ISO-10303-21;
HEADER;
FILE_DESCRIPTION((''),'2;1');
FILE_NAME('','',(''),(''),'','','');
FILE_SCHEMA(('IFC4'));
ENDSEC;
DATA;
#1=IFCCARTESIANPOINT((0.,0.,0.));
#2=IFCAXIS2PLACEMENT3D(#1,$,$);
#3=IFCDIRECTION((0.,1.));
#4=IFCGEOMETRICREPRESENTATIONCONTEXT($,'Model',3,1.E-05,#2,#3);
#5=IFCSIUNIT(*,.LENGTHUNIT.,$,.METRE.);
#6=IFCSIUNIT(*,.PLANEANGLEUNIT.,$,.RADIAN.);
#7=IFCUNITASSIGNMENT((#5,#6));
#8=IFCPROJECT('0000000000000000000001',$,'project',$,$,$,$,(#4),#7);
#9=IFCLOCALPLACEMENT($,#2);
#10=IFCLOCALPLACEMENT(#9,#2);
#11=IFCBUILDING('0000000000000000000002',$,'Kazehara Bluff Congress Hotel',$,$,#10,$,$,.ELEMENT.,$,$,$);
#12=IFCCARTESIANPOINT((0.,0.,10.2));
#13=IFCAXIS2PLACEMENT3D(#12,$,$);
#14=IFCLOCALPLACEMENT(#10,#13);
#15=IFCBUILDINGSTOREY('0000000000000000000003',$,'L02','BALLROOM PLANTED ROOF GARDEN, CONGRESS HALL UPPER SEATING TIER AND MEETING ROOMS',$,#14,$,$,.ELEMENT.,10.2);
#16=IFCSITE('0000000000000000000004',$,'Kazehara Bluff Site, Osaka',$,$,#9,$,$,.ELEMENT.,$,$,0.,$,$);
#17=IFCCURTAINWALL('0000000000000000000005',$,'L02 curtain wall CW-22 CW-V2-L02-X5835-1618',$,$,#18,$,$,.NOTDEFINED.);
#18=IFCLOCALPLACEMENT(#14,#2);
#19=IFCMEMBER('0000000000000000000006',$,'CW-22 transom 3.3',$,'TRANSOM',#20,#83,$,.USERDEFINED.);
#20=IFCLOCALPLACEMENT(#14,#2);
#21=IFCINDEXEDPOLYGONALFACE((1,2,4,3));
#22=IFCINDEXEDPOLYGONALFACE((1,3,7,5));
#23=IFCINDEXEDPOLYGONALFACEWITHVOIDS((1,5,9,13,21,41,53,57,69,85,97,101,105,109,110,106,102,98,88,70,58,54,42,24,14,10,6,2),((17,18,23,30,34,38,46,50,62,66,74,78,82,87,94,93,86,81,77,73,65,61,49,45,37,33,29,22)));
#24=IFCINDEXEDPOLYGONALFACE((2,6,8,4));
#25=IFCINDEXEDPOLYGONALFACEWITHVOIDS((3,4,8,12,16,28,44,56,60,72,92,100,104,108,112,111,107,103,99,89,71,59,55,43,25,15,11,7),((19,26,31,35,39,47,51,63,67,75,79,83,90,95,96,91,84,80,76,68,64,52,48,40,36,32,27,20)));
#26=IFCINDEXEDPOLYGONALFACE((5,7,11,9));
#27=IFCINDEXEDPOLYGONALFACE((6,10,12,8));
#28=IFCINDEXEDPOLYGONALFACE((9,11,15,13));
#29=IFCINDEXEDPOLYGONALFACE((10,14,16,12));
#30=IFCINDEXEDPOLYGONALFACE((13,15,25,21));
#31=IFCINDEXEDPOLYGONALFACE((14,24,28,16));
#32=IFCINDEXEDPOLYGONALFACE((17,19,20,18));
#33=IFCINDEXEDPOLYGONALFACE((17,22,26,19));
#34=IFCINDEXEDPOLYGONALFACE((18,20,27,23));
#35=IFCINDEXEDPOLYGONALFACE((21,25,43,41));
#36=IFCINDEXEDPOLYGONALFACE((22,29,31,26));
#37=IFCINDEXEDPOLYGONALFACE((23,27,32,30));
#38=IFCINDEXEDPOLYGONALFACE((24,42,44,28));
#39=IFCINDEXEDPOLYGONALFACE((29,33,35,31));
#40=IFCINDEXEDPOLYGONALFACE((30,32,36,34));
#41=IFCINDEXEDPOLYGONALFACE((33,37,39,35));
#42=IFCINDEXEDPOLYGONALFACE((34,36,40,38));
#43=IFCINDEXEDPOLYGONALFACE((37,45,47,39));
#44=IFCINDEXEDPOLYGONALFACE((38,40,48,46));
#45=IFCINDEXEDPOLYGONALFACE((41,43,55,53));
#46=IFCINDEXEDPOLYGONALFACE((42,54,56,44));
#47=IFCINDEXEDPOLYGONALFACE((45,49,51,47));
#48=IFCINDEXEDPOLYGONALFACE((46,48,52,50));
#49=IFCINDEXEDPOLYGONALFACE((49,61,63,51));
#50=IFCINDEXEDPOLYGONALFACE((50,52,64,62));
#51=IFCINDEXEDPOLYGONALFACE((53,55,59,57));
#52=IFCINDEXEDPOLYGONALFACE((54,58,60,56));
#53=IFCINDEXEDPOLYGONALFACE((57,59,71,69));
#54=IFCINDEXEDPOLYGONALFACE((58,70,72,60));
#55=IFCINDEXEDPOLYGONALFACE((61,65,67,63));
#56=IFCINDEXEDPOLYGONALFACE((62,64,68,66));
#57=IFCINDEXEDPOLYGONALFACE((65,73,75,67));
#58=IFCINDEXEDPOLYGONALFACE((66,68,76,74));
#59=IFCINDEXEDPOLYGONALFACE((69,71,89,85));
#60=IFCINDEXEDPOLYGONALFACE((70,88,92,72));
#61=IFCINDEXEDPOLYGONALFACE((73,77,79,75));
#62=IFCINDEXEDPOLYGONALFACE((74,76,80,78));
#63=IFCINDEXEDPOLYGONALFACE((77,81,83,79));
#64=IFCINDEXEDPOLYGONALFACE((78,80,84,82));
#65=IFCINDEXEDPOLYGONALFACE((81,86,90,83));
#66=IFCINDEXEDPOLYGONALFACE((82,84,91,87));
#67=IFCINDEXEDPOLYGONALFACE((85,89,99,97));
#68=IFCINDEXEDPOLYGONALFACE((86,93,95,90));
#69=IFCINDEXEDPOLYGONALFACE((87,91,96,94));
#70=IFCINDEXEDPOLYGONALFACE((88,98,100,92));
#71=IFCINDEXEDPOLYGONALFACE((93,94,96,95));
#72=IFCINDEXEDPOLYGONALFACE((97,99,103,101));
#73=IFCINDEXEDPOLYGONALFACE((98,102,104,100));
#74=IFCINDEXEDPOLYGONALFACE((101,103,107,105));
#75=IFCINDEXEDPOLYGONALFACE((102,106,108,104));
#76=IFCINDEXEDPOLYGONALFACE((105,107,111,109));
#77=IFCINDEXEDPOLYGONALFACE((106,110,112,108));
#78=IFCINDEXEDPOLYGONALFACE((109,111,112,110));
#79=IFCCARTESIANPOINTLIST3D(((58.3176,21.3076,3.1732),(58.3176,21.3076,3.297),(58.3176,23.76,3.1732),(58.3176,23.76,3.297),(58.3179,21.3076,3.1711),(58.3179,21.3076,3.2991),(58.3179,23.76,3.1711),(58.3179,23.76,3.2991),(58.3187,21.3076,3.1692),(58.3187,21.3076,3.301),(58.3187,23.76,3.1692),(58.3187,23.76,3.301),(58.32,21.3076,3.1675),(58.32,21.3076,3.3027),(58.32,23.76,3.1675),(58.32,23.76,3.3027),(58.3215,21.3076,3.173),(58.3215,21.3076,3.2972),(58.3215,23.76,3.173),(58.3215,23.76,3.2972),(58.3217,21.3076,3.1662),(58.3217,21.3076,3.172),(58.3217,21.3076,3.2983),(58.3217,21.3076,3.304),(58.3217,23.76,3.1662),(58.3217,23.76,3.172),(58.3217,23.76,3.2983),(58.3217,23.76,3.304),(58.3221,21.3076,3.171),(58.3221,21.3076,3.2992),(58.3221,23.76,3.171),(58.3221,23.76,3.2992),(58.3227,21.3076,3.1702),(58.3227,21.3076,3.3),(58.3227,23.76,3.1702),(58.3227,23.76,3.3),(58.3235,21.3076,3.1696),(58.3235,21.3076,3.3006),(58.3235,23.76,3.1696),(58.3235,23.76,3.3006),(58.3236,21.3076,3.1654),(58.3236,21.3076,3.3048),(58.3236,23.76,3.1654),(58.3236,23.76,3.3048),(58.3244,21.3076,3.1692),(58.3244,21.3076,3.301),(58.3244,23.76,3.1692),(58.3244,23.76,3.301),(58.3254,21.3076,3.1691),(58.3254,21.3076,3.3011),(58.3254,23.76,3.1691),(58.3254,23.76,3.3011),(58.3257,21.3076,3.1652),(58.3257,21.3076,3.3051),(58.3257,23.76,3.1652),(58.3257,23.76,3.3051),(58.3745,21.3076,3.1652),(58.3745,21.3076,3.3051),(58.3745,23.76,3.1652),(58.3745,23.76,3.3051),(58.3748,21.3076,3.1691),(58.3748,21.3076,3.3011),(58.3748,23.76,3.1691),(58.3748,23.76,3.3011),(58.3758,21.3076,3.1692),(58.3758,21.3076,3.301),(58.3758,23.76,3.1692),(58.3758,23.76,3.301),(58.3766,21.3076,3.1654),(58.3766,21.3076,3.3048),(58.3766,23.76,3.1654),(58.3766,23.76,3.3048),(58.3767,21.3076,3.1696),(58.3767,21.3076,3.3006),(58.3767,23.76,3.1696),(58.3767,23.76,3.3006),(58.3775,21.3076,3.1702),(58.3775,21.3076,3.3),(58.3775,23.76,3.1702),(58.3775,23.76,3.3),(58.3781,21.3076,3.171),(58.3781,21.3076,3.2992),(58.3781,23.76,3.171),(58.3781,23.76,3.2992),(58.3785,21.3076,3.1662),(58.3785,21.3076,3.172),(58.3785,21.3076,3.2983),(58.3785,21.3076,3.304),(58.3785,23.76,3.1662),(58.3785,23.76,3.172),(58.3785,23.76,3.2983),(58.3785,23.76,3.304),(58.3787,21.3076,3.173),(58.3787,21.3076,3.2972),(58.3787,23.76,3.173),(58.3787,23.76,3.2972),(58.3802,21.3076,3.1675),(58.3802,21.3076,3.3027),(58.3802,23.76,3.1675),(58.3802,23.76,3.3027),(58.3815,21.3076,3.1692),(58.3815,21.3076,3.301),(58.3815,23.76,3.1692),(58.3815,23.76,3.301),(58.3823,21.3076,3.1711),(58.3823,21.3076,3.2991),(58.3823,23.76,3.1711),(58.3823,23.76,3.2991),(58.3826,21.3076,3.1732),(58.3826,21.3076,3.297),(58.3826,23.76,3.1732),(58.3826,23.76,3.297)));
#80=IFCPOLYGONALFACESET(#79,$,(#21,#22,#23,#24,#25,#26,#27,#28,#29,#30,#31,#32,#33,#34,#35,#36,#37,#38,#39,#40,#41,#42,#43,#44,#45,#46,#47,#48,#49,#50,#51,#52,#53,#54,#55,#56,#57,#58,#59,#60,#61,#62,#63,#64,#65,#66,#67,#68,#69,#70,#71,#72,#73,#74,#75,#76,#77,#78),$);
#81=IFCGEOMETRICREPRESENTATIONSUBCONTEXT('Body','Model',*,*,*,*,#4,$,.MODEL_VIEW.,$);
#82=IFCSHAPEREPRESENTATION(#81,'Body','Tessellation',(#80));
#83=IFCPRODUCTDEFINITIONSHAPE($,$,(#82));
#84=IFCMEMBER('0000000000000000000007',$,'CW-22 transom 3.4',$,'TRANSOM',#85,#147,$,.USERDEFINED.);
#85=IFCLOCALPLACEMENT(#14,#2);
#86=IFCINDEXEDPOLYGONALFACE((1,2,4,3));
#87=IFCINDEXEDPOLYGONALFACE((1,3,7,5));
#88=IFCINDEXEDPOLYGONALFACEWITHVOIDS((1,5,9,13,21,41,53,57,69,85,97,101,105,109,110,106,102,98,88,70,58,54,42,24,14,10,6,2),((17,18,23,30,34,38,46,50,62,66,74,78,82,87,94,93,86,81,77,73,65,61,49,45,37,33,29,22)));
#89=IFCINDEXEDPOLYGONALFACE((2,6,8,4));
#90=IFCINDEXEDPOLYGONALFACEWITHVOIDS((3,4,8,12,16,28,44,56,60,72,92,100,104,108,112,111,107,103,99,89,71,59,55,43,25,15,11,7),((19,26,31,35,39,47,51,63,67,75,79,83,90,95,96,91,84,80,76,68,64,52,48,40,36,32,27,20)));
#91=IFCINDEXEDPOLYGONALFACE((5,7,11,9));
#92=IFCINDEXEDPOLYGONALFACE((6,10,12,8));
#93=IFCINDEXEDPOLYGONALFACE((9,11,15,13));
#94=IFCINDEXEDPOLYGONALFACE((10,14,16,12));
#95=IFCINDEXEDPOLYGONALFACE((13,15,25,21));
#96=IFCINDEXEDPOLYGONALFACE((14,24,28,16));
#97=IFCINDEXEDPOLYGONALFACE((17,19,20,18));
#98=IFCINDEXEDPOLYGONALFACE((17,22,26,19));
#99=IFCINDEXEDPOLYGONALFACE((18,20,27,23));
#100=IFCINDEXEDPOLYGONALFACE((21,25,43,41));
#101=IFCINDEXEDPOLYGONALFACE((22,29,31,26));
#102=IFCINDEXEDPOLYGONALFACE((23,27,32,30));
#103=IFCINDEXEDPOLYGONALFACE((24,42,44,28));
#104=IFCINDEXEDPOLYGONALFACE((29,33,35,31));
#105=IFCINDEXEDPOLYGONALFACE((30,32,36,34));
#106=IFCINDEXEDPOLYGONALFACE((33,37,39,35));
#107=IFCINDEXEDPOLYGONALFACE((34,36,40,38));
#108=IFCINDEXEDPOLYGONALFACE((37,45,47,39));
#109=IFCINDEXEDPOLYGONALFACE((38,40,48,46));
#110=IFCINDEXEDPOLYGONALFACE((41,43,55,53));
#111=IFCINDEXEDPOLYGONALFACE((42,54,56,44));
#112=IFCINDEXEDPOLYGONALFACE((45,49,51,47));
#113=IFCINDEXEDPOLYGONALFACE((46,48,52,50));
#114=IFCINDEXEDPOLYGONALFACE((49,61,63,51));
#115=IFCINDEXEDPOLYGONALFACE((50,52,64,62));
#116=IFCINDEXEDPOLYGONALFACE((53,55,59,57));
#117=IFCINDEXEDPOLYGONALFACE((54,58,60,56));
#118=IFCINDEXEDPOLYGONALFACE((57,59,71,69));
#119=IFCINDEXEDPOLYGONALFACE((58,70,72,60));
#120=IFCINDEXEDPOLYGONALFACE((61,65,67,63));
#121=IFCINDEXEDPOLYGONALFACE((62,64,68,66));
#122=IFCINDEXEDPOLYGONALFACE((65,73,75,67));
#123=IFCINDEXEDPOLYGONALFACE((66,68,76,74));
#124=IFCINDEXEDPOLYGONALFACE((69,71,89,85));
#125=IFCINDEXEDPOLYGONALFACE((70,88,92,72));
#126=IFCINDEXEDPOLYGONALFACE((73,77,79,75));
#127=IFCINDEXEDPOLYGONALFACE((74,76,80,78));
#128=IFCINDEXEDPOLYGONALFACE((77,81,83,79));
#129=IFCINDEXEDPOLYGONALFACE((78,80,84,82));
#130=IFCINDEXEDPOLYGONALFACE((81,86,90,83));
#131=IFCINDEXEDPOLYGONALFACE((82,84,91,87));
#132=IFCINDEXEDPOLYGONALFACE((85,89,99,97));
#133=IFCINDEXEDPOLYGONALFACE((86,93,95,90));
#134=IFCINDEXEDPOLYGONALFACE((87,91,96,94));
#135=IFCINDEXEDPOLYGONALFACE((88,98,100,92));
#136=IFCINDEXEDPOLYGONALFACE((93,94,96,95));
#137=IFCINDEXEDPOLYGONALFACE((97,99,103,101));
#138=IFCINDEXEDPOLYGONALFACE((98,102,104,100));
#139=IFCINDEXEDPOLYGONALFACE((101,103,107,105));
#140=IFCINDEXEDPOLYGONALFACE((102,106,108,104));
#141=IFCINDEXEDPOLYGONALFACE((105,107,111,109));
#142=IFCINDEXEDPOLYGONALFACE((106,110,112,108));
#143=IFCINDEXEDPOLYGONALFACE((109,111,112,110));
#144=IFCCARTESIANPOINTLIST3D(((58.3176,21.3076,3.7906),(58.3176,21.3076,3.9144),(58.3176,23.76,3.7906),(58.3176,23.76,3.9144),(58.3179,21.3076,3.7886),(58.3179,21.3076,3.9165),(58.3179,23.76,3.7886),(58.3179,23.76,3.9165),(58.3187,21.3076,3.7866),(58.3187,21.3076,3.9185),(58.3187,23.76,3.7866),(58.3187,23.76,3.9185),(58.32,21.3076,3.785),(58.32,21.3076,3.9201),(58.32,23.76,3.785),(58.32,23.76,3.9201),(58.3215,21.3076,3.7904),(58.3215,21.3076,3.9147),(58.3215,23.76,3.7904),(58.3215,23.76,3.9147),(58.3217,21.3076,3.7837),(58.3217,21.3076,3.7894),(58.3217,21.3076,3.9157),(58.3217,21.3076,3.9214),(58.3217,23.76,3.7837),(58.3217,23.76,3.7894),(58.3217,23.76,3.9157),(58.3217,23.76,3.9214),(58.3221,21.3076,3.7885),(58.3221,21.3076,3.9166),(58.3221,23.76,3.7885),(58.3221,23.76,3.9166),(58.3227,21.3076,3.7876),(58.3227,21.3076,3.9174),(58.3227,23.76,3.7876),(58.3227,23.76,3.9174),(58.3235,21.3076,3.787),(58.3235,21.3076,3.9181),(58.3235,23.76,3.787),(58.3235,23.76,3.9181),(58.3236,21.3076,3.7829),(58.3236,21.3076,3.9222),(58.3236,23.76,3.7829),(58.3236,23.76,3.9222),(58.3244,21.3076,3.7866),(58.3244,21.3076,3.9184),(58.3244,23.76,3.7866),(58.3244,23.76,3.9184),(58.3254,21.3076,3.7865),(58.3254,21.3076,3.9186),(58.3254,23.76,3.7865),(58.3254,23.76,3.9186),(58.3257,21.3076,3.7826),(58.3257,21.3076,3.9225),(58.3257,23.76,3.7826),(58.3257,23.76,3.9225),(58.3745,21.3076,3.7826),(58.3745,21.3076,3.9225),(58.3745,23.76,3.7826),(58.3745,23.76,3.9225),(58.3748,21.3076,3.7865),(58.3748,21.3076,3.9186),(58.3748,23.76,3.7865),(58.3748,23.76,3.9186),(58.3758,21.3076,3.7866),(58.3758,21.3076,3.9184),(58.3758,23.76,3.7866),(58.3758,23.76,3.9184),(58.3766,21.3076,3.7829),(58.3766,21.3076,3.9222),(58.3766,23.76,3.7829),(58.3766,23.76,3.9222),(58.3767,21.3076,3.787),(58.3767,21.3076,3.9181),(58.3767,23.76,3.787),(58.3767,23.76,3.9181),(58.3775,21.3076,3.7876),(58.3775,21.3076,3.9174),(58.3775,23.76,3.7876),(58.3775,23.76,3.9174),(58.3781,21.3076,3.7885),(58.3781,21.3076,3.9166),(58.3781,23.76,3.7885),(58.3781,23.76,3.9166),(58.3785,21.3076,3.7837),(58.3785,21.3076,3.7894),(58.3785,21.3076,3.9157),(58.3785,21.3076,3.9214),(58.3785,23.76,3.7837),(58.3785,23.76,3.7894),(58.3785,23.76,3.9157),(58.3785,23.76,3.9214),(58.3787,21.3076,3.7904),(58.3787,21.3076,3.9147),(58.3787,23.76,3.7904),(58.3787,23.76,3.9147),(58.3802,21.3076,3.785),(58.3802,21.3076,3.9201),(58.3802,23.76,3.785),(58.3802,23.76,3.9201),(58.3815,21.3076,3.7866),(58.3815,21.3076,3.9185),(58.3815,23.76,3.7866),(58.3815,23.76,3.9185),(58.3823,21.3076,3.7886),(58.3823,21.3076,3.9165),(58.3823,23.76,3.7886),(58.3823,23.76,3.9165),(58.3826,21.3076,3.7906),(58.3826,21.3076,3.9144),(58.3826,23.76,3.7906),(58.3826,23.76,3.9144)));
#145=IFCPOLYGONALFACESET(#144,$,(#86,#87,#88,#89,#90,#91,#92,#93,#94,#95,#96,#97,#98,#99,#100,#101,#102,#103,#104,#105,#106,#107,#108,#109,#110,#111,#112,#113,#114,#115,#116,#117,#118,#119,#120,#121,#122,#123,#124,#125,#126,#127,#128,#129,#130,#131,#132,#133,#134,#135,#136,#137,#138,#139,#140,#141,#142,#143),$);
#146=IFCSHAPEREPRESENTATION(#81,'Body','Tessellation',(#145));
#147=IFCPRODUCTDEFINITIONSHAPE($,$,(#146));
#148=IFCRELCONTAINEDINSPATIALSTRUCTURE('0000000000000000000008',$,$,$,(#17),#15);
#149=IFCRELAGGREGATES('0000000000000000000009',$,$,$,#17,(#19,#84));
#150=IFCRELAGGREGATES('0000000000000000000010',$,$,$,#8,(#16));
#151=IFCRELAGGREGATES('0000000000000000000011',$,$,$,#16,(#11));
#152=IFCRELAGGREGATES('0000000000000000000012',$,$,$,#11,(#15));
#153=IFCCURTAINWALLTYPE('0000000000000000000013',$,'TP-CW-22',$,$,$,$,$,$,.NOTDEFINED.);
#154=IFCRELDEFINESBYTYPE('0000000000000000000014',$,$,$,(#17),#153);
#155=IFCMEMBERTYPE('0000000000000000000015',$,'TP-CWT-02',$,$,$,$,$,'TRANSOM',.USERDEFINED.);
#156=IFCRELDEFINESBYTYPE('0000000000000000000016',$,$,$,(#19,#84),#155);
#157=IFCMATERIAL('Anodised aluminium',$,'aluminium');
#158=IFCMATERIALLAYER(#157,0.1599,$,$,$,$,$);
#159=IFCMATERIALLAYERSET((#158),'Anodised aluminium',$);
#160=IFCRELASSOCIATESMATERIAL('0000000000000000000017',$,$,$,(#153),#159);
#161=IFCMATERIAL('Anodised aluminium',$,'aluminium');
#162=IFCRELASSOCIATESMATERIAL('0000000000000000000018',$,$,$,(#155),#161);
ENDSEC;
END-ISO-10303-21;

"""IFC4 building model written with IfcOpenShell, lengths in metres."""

from ifc_helpers import new_model, si_unit, direction, frame, origin, origin_2d, place, context, subcontext, project, spatial, hollow_rectangle, extrude, material, layer, layer_set, material_profile, profile_set, type_object, element, aggregate, save


model = new_model("IFC4")

# Units and contexts
model_context = context("Model", 3, precision=1e-05, world=origin(), true_north=direction((0.0, 1.0)))
body_context = subcontext(model_context, "Body", "Model", "MODEL_VIEW")
ifc_project = project(units=[si_unit("LENGTHUNIT", "METRE"), si_unit("PLANEANGLEUNIT", "RADIAN")], contexts=[model_context])

# Site, building, storey
site_placement = place(None, origin())
site = spatial("IfcSite", under=ifc_project, at=site_placement, Name="Kazehara Bluff Site, Osaka", CompositionType="ELEMENT", RefElevation=0.0)
building_placement = place(site_placement, origin())
building = spatial("IfcBuilding", under=site, at=building_placement, Name="Kazehara Bluff Congress Hotel", CompositionType="ELEMENT")
storey_placement = place(building_placement, frame((0.0, 0.0, 10.2)))
storey = spatial("IfcBuildingStorey", under=building, at=storey_placement, Name="L02", Description="BALLROOM PLANTED ROOF GARDEN, CONGRESS HALL UPPER SEATING TIER AND MEETING ROOMS", CompositionType="ELEMENT", Elevation=10.2)

# Curtain wall
ifc_material_1 = material(Name="Anodised aluminium", Category="aluminium")
ifc_layer_1 = layer(ifc_material_1, 0.1599)
ifc_layer_set_1 = layer_set([ifc_layer_1], Name="Anodised aluminium")
curtain_wall_type = type_object("IfcCurtainWallType", Name="TP-CW-22", PredefinedType="NOTDEFINED", material=ifc_layer_set_1)
curtain_wall_1_placement = place(storey_placement, origin())
curtain_wall_1 = element("IfcCurtainWall", 1, at=curtain_wall_1_placement, inside=storey, type_object=curtain_wall_type, Name="L02 curtain wall CW-22 CW-V2-L02-X5835-1618", PredefinedType="NOTDEFINED")

# Members
ifc_material_2 = material(Name="Anodised aluminium", Category="aluminium")
ifc_material_profile_1 = material_profile(ifc_material_2, hollow_rectangle(XDim=0.0649, YDim=0.1399, WallThickness=0.0039, InnerFilletRadius=0.0039, OuterFilletRadius=0.0081, at=origin_2d()))
ifc_profile_set_1 = profile_set([ifc_material_profile_1], Name="Anodised aluminium")
member_type_1 = type_object("IfcMemberType", Name="TP-CWT-02", ElementType="TRANSOM", PredefinedType="USERDEFINED", material=ifc_profile_set_1)
member_1_placement = place(storey_placement, frame((58.3501, 21.3076, 3.2351), z_axis=(0.0, 1.0, 0.0), x_axis=(-1.0, 0.0, 0.0)))
member_1 = element("IfcMember", 2, at=member_1_placement, type_object=member_type_1, Name="CW-22 transom 3.3", ObjectType="TRANSOM", PredefinedType="USERDEFINED", context=body_context, shape_type="SweptSolid", body=[
    extrude(hollow_rectangle(XDim=0.0649, YDim=0.1399, WallThickness=0.0039, InnerFilletRadius=0.0039, OuterFilletRadius=0.0081, at=origin_2d()), origin(), (0.0, 0.0, 1.0), 2.4524),
])
member_2_placement = place(storey_placement, frame((58.3501, 21.3076, 3.8525), z_axis=(0.0, 1.0, 0.0), x_axis=(-1.0, 0.0, 0.0)))
member_2 = element("IfcMember", 3, at=member_2_placement, type_object=member_type_1, Name="CW-22 transom 3.4", ObjectType="TRANSOM", PredefinedType="USERDEFINED", context=body_context, shape_type="SweptSolid", body=[
    extrude(hollow_rectangle(XDim=0.0649, YDim=0.1399, WallThickness=0.0039, InnerFilletRadius=0.0039, OuterFilletRadius=0.0081, at=origin_2d()), origin(), (0.0, 0.0, 1.0), 2.4524),
])

aggregate(curtain_wall_1, [member_1, member_2])

save(model, "model.ifc")
